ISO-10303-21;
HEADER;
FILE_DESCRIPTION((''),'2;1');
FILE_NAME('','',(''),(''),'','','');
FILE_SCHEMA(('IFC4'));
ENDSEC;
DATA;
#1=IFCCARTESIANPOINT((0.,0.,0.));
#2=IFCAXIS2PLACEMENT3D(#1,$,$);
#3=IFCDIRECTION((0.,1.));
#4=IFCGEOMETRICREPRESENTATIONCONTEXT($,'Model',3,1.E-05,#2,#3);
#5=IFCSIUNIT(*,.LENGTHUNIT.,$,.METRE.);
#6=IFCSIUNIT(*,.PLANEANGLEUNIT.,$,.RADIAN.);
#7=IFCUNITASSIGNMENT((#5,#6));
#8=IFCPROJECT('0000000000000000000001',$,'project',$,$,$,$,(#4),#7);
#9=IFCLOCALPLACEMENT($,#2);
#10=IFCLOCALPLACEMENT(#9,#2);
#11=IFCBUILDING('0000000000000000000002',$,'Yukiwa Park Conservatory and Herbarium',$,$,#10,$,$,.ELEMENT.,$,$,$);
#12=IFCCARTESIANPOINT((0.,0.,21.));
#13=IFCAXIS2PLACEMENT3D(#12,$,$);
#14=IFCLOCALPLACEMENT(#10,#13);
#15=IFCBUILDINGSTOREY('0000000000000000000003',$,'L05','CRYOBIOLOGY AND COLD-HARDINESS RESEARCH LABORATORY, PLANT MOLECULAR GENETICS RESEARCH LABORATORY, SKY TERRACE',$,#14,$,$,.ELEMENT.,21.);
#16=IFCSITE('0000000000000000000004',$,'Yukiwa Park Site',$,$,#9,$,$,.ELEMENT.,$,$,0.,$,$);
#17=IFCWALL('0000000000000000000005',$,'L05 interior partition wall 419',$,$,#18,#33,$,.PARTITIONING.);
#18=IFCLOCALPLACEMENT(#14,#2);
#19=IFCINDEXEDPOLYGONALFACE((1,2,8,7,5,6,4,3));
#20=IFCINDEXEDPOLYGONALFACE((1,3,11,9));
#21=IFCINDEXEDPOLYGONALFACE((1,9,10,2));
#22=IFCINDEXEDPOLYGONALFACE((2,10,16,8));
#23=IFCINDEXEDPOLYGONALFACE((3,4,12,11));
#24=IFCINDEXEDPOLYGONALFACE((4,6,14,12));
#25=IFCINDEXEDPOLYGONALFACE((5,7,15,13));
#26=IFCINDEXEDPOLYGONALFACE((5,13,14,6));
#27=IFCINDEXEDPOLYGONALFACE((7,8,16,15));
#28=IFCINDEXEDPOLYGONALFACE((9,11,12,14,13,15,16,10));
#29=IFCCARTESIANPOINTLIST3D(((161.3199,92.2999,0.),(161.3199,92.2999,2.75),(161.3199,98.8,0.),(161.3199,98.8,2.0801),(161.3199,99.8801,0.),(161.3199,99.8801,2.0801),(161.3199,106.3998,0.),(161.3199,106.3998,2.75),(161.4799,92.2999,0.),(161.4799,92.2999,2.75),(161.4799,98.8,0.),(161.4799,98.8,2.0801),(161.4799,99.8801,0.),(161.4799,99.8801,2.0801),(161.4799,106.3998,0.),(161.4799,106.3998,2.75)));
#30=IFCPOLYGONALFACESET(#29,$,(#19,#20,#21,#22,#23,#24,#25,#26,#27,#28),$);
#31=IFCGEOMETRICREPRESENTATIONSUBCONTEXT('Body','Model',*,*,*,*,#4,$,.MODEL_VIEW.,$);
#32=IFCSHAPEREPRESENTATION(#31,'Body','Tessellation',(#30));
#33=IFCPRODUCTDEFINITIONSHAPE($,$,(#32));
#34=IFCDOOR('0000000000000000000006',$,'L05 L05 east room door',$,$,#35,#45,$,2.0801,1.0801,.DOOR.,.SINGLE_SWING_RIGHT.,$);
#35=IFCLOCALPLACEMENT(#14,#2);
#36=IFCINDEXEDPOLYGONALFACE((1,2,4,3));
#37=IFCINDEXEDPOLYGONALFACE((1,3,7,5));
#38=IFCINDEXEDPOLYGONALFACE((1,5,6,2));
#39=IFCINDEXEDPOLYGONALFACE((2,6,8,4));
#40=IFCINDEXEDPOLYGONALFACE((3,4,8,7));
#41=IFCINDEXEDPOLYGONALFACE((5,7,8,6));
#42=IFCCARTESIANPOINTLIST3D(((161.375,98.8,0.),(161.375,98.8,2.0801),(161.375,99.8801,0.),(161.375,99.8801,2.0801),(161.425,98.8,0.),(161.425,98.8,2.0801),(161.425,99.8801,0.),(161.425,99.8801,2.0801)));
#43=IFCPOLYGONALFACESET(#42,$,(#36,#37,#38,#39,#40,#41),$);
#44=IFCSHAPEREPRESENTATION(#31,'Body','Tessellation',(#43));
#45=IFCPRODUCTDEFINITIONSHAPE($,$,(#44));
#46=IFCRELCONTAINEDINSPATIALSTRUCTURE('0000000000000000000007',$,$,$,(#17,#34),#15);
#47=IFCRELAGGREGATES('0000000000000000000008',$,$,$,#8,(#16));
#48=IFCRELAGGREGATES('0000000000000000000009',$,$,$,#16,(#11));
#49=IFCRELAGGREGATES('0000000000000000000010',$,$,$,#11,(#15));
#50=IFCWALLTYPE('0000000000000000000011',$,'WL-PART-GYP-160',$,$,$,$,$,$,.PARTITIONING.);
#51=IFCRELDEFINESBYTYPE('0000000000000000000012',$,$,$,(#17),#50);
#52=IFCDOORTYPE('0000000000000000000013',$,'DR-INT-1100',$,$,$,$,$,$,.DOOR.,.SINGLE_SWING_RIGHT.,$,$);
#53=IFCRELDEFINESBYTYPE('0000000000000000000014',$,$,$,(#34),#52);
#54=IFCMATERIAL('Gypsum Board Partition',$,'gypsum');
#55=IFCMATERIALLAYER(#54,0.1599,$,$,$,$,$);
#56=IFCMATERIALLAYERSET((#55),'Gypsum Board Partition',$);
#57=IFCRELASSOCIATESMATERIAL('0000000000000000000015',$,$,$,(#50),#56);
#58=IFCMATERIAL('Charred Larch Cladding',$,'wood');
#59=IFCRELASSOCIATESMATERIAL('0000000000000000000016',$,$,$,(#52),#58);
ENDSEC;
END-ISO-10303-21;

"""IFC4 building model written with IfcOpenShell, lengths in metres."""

from ifc_helpers import new_model, si_unit, direction, frame, frame_2d, origin, place, context, subcontext, project, spatial, rectangle, extrude, material, layer, layer_set, type_object, element, fill, save


model = new_model("IFC4")

# Units and contexts
model_context = context("Model", 3, precision=1e-05, world=origin(), true_north=direction((0.0, 1.0)))
body_context = subcontext(model_context, "Body", "Model", "MODEL_VIEW")
ifc_project = project(units=[si_unit("LENGTHUNIT", "METRE"), si_unit("PLANEANGLEUNIT", "RADIAN")], contexts=[model_context])

# Site, building, storey
site_placement = place(None, origin())
site = spatial("IfcSite", under=ifc_project, at=site_placement, Name="Yukiwa Park Site", CompositionType="ELEMENT", RefElevation=0.0)
building_placement = place(site_placement, origin())
building = spatial("IfcBuilding", under=site, at=building_placement, Name="Yukiwa Park Conservatory and Herbarium", CompositionType="ELEMENT")
storey_placement = place(building_placement, frame((0.0, 0.0, 21.0)))
storey = spatial("IfcBuildingStorey", under=building, at=storey_placement, Name="L05", Description="CRYOBIOLOGY AND COLD-HARDINESS RESEARCH LABORATORY, PLANT MOLECULAR GENETICS RESEARCH LABORATORY, SKY TERRACE", CompositionType="ELEMENT", Elevation=21.0)

# Wall, opening, door
ifc_material_1 = material(Name="Gypsum Board Partition", Category="gypsum")
ifc_layer_1 = layer(ifc_material_1, 0.1599)
ifc_layer_set_1 = layer_set([ifc_layer_1], Name="Gypsum Board Partition")
wall_type = type_object("IfcWallType", Name="WL-PART-GYP-160", PredefinedType="PARTITIONING", material=ifc_layer_set_1)
wall_placement = place(storey_placement, frame((161.3999, 92.3, 0.0), z_axis=(0.0, 0.0, 1.0), x_axis=(0.0, 1.0, 0.0)))
wall = element("IfcWall", 1, at=wall_placement, inside=storey, type_object=wall_type, Name="L05 interior partition wall 419", PredefinedType="PARTITIONING", context=body_context, shape_type="SweptSolid", body=[
    extrude(rectangle(XDim=14.0999, YDim=0.1599, at=frame_2d((7.0498, 0.0))), origin(), (0.0, 0.0, 1.0), 2.75),
])
opening_placement = place(wall_placement, frame((6.5, 0.0, 0.0)))
opening = element("IfcOpeningElement", 2, at=opening_placement, cuts=wall, PredefinedType="OPENING", context=body_context, shape_type="SweptSolid", body=[
    extrude(rectangle(XDim=1.0801, YDim=2.0801, at=frame_2d((0.54, 1.04))), frame((0.0, 0.0898, 0.0), z_axis=(0.0, -1.0, 0.0), x_axis=(1.0, 0.0, 0.0)), (0.0, 0.0, 1.0), 0.1799),
])
ifc_material_2 = material(Name="Charred Larch Cladding", Category="wood")
door_type = type_object("IfcDoorType", Name="DR-INT-1100", OperationType="SINGLE_SWING_RIGHT", PredefinedType="DOOR", material=ifc_material_2)
door_placement = place(opening_placement, origin())
door = element("IfcDoor", 3, at=door_placement, inside=storey, type_object=door_type, Name="L05 L05 east room door", OperationType="SINGLE_SWING_RIGHT", OverallHeight=2.0801, OverallWidth=1.0801, PredefinedType="DOOR", context=body_context, shape_type="SweptSolid", body=[
    extrude(rectangle(XDim=1.0801, YDim=2.0801, at=frame_2d((0.54, 1.04))), frame((0.0, 0.0249, 0.0), z_axis=(0.0, -1.0, 0.0), x_axis=(1.0, 0.0, 0.0)), (0.0, 0.0, 1.0), 0.05),
])
fill(opening, door)

save(model, "model.ifc")
